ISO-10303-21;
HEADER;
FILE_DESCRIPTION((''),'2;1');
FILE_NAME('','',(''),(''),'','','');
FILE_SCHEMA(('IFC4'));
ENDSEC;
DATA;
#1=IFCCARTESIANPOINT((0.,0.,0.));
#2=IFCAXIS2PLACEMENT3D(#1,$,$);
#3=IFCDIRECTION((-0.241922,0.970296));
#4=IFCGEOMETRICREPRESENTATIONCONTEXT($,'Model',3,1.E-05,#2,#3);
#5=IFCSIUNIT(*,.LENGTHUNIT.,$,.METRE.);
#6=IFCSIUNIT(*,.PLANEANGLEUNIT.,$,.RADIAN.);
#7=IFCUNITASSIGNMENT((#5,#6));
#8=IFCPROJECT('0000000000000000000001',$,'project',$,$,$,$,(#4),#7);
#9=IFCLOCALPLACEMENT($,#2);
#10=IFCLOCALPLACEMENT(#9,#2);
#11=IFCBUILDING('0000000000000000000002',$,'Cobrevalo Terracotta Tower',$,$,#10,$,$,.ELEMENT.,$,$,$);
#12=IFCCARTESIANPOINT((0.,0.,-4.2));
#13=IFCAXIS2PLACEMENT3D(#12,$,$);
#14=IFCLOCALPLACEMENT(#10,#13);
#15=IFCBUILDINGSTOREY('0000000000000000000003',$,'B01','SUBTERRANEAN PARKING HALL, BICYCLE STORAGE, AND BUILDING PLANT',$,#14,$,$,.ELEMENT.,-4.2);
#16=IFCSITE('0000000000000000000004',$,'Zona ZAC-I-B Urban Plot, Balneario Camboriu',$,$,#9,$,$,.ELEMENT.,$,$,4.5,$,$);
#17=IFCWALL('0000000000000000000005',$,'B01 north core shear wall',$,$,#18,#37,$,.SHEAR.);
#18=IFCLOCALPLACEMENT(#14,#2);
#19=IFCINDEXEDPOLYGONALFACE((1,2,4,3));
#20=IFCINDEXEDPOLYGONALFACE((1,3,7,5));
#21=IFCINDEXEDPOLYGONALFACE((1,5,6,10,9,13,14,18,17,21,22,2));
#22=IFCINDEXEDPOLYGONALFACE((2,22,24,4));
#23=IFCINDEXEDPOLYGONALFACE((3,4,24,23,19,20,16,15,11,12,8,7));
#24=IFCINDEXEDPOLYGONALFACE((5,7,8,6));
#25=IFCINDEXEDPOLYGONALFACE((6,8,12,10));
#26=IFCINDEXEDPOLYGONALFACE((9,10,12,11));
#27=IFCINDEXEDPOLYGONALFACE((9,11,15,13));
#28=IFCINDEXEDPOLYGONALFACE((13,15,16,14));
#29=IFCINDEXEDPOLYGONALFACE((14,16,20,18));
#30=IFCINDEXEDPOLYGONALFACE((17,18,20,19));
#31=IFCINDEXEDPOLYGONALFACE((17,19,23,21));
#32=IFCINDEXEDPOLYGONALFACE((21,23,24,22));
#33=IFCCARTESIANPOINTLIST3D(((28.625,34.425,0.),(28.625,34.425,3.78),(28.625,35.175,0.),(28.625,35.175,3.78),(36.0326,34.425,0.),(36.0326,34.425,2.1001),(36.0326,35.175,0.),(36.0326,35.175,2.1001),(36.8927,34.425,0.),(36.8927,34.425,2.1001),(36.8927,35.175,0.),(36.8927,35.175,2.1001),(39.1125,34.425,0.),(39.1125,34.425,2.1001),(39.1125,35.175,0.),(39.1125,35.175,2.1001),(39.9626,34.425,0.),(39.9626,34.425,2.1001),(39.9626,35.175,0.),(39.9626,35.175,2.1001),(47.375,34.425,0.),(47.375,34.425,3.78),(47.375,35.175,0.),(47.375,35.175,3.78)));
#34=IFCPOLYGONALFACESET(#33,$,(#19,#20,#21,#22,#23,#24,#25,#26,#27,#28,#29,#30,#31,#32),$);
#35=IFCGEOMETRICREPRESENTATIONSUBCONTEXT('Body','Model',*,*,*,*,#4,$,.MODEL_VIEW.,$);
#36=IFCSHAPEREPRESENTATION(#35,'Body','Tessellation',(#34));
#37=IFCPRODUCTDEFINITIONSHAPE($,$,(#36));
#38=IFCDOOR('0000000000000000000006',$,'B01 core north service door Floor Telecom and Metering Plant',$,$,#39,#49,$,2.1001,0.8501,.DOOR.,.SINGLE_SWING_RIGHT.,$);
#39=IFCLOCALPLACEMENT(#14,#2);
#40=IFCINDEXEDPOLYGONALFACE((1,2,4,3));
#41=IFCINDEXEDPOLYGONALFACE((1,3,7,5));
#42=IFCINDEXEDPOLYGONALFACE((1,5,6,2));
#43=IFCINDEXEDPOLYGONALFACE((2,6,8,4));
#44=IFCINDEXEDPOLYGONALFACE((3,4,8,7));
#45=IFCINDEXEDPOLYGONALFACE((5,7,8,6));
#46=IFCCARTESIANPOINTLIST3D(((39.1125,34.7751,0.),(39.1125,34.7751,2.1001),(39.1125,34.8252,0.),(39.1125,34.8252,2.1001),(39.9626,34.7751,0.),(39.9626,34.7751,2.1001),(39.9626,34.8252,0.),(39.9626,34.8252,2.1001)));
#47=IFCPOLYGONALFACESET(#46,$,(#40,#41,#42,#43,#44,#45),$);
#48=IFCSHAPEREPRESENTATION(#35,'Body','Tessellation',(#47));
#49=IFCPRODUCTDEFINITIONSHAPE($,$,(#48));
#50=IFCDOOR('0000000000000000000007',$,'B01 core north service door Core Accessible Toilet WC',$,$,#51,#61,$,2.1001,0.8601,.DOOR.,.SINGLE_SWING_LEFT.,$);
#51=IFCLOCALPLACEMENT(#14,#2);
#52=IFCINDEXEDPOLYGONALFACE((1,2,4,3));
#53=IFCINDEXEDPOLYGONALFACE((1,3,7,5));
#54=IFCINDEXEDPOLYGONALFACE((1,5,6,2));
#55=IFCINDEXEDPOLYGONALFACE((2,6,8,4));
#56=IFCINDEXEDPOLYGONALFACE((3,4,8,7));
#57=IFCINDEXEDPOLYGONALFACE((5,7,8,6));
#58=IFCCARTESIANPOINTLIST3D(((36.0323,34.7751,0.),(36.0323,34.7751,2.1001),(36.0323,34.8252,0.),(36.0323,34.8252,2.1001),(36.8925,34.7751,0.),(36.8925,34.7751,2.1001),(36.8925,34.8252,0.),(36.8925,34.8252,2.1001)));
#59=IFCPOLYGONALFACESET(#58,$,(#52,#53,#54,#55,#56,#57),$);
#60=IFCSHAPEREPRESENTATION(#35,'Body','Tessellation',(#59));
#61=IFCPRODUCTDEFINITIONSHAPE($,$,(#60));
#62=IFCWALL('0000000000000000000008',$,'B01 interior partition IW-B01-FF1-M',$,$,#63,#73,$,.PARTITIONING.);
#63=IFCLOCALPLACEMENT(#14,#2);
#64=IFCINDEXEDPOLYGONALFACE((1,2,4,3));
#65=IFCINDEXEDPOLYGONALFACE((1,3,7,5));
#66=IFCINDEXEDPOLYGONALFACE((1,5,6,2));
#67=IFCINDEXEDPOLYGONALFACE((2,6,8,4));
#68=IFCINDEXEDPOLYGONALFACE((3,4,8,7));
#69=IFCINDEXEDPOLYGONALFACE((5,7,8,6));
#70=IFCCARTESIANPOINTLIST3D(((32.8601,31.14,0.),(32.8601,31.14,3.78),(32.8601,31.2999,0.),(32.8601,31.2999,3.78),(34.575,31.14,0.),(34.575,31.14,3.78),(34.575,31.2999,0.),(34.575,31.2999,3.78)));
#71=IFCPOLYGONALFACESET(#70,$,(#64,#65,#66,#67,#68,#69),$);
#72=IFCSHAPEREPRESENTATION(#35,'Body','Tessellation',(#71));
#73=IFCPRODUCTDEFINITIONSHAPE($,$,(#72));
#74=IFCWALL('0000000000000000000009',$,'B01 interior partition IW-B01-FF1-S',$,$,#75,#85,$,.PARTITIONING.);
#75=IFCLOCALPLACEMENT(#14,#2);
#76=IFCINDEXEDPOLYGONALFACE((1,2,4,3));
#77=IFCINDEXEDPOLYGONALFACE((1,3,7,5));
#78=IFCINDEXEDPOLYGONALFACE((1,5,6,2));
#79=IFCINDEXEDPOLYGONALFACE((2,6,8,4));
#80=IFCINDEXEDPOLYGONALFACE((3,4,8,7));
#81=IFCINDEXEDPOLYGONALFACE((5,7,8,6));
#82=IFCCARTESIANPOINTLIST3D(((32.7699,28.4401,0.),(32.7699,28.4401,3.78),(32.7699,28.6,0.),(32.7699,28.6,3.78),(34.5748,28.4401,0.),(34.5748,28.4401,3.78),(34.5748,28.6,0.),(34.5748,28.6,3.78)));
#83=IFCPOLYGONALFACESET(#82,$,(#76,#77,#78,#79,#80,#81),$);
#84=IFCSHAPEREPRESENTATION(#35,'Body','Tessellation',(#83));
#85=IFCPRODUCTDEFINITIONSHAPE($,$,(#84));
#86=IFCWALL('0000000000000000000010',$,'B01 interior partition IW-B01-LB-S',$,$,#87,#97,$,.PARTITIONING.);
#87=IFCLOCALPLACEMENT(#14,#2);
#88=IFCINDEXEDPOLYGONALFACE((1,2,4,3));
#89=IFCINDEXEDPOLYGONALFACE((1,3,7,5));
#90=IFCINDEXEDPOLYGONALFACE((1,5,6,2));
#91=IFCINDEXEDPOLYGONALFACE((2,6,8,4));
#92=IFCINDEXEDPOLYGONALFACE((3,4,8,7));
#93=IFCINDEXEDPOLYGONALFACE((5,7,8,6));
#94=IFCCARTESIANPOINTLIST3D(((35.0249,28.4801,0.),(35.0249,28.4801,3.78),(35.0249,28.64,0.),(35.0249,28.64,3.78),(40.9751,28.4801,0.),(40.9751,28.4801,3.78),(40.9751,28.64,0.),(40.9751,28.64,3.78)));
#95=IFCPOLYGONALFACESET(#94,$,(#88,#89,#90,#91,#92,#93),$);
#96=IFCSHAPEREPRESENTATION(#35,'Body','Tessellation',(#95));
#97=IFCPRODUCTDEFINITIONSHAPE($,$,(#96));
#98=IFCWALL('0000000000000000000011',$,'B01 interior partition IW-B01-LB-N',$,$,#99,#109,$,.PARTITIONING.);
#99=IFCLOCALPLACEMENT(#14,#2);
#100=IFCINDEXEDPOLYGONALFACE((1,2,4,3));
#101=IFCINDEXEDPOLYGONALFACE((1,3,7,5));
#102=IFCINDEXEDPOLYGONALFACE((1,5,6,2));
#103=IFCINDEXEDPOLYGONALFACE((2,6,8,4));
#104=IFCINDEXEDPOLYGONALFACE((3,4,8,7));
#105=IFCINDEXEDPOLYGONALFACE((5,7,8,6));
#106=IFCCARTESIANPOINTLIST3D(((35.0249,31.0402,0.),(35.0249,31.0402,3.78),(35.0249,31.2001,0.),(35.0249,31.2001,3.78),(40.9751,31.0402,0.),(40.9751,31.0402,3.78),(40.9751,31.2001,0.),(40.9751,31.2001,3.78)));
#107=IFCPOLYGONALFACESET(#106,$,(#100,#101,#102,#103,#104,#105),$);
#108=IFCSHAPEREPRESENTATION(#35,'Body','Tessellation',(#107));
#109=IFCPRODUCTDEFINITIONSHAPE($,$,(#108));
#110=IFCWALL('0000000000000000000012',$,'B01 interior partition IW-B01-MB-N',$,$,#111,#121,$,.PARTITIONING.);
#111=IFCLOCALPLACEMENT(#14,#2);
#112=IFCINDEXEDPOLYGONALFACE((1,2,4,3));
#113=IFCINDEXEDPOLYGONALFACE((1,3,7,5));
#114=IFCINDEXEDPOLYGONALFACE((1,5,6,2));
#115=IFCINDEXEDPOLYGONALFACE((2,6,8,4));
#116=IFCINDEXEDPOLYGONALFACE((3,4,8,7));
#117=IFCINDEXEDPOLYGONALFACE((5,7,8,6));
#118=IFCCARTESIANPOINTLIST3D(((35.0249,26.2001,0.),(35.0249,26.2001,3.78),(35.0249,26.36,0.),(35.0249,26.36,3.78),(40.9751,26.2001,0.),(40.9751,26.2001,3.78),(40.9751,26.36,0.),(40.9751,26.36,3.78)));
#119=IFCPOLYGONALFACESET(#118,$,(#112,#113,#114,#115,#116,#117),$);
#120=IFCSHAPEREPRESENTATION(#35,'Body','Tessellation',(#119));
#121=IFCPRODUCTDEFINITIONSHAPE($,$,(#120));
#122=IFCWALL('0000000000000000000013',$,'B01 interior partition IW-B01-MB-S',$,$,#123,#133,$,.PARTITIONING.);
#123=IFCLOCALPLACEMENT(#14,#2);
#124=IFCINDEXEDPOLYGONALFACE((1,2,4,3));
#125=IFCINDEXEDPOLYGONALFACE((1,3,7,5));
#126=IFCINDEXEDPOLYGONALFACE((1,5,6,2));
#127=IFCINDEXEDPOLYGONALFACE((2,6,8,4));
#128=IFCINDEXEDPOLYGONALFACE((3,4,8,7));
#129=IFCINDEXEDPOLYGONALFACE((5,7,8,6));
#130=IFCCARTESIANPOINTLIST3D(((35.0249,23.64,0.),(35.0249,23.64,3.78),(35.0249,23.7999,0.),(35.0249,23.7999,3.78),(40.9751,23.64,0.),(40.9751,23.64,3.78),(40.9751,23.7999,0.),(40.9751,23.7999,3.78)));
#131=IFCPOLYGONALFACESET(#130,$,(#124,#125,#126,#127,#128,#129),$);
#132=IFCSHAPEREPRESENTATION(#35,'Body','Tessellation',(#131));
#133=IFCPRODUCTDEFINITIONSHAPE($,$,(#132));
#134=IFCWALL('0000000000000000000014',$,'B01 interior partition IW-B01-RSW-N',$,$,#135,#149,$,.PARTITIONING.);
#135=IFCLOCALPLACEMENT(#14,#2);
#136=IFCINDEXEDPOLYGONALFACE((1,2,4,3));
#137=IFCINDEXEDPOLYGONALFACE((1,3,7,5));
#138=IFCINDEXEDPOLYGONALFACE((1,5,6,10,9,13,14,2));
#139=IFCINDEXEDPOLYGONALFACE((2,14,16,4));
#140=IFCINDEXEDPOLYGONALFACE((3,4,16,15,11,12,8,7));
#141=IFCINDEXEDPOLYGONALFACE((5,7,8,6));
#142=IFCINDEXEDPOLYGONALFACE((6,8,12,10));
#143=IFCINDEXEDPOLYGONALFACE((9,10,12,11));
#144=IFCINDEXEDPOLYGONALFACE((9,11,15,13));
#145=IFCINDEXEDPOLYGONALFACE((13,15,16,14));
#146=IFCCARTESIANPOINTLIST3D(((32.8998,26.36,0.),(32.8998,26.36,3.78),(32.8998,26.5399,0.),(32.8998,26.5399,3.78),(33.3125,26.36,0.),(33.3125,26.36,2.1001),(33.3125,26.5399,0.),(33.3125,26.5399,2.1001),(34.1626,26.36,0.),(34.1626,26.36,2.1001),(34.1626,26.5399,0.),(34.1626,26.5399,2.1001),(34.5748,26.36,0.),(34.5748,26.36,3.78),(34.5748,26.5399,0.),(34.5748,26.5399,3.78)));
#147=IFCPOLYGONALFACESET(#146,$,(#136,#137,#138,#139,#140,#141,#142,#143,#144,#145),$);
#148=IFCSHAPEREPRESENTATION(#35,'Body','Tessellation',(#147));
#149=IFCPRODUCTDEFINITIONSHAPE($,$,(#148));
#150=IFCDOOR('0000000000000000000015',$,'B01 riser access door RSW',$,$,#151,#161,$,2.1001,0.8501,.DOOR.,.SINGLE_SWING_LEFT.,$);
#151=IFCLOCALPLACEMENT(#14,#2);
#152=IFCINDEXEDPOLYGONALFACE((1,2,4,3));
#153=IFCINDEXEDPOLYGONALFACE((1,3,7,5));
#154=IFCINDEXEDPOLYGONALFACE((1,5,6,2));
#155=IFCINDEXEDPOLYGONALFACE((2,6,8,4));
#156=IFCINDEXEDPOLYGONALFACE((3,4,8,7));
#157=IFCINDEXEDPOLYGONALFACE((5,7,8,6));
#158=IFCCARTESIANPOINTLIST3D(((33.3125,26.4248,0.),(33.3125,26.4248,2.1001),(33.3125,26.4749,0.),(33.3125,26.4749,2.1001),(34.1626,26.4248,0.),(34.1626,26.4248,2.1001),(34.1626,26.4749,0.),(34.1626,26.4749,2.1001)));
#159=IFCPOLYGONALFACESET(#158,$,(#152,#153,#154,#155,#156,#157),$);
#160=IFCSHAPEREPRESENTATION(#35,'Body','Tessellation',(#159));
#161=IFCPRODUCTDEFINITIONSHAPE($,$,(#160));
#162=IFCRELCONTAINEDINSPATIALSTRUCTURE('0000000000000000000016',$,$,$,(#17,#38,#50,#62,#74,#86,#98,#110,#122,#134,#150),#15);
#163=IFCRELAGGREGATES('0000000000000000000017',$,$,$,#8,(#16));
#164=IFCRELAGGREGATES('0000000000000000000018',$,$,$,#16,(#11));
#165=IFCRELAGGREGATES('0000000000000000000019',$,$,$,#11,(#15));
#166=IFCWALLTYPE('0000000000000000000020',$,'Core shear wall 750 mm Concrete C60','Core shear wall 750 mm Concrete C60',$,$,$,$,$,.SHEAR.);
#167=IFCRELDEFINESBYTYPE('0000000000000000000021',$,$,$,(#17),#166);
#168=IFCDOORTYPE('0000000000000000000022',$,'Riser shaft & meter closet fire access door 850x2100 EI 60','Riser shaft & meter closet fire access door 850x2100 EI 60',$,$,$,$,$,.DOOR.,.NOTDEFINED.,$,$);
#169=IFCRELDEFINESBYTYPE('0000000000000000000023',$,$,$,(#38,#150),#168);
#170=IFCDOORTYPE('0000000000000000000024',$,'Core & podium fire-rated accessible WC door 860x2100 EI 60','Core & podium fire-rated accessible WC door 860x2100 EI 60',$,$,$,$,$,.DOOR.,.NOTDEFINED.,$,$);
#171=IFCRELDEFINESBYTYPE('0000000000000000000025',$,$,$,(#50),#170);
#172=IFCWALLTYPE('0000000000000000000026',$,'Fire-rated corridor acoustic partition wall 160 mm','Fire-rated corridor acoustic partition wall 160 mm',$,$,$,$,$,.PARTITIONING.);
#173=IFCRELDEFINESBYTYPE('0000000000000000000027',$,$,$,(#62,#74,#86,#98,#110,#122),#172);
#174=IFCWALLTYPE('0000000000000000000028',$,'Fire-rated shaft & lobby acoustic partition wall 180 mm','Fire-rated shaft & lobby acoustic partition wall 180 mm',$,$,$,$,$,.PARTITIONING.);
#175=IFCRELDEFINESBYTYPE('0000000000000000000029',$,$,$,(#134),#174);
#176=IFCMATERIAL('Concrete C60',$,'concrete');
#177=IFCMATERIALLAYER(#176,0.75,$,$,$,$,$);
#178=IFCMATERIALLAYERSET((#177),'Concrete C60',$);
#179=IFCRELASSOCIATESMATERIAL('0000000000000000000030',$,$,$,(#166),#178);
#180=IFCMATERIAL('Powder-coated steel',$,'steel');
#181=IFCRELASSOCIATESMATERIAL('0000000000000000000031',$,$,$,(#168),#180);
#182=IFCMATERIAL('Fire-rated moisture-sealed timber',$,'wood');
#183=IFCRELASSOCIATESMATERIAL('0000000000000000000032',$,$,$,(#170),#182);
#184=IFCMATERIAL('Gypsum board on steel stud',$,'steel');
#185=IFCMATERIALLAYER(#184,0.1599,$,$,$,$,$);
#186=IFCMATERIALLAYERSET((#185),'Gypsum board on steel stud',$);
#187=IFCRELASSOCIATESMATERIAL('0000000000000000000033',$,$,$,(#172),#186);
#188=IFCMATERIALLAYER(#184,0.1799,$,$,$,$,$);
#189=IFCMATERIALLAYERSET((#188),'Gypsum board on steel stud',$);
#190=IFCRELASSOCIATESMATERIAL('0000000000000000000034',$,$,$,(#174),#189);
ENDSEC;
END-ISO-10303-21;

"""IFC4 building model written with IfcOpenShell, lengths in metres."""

from ifc_helpers import new_model, si_unit, direction, frame, frame_2d, origin, place, context, subcontext, project, spatial, rectangle, extrude, source, transform, mapped, material, layer, layer_set, type_object, element, fill, save


model = new_model("IFC4")

# Units and contexts
model_context = context("Model", 3, precision=1e-05, world=origin(), true_north=direction((-0.241922, 0.970296)))
body_context = subcontext(model_context, "Body", "Model", "MODEL_VIEW")
ifc_project = project(units=[si_unit("LENGTHUNIT", "METRE"), si_unit("PLANEANGLEUNIT", "RADIAN")], contexts=[model_context])

# Site, building, storey
site_placement = place(None, origin())
site = spatial("IfcSite", under=ifc_project, at=site_placement, Name="Zona ZAC-I-B Urban Plot, Balneario Camboriu", CompositionType="ELEMENT", RefElevation=4.5)
building_placement = place(site_placement, origin())
building = spatial("IfcBuilding", under=site, at=building_placement, Name="Cobrevalo Terracotta Tower", CompositionType="ELEMENT")
storey_placement = place(building_placement, frame((0.0, 0.0, -4.2)))
storey = spatial("IfcBuildingStorey", under=building, at=storey_placement, Name="B01", Description="SUBTERRANEAN PARKING HALL, BICYCLE STORAGE, AND BUILDING PLANT", CompositionType="ELEMENT", Elevation=-4.2)

# Shared definitions
ifc_material_1 = material(Name="Concrete C60", Category="concrete")

# Wall, openings, doors
ifc_layer_1 = layer(ifc_material_1, 0.75)
ifc_layer_set_1 = layer_set([ifc_layer_1], Name="Concrete C60")
wall_type_1 = type_object("IfcWallType", Name="Core shear wall 750 mm Concrete C60", Description="Core shear wall 750 mm Concrete C60", PredefinedType="SHEAR", material=ifc_layer_set_1)
wall_1_placement = place(storey_placement, frame((28.625, 34.8, 0.0), z_axis=(0.0, 0.0, 1.0), x_axis=(1.0, 0.0, 0.0)))
wall_1 = element("IfcWall", 1, at=wall_1_placement, inside=storey, type_object=wall_type_1, Name="B01 north core shear wall", PredefinedType="SHEAR", context=body_context, shape_type="SweptSolid", body=[
    extrude(rectangle(XDim=18.75, YDim=0.75, at=frame_2d((9.375, 0.0))), origin(), (0.0, 0.0, 1.0), 3.78),
])
opening_1_placement = place(wall_1_placement, frame((7.4075, 0.0, 0.0)))
opening_1 = element("IfcOpeningElement", 2, at=opening_1_placement, cuts=wall_1, PredefinedType="OPENING", context=body_context, shape_type="SweptSolid", body=[
    extrude(rectangle(XDim=0.8601, YDim=2.1001, at=frame_2d((0.4302, 1.05))), frame((0.0, 0.385, 0.0), z_axis=(0.0, -1.0, 0.0), x_axis=(1.0, 0.0, 0.0)), (0.0, 0.0, 1.0), 0.77),
])
opening_2_placement = place(wall_1_placement, frame((10.4875, 0.0, 0.0)))
opening_2 = element("IfcOpeningElement", 3, at=opening_2_placement, cuts=wall_1, PredefinedType="OPENING", context=body_context, shape_type="SweptSolid", body=[
    extrude(rectangle(XDim=0.8501, YDim=2.1001, at=frame_2d((0.425, 1.05))), frame((0.0, 0.385, 0.0), z_axis=(0.0, -1.0, 0.0), x_axis=(1.0, 0.0, 0.0)), (0.0, 0.0, 1.0), 0.77),
])
ifc_material_2 = material(Name="Powder-coated steel", Category="steel")
door_type_1 = type_object("IfcDoorType", Name="Riser shaft & meter closet fire access door 850x2100 EI 60", Description="Riser shaft & meter closet fire access door 850x2100 EI 60", OperationType="NOTDEFINED", PredefinedType="DOOR", material=ifc_material_2)
shared_shape_1 = source(origin(), body_context, "Body", "SweptSolid", [
    extrude(rectangle(XDim=0.8501, YDim=2.1001, at=frame_2d((0.425, 1.05))), frame((0.0, 0.0249, 0.0), z_axis=(0.0, -1.0, 0.0), x_axis=(1.0, 0.0, 0.0)), (0.0, 0.0, 1.0), 0.05),
])
door_1_placement = place(opening_2_placement, frame((0.8501, 0.0, 0.0), z_axis=(0.0, 0.0, 1.0), x_axis=(-1.0, 0.0, 0.0)))
door_1 = element("IfcDoor", 4, at=door_1_placement, inside=storey, type_object=door_type_1, Name="B01 core north service door Floor Telecom and Metering Plant", OperationType="SINGLE_SWING_RIGHT", OverallHeight=2.1001, OverallWidth=0.8501, PredefinedType="DOOR", context=body_context, shape_type="MappedRepresentation", body=[
    mapped(shared_shape_1, transform((0.0, 0.0, 0.0), scale=1.0)),
])
fill(opening_2, door_1)
ifc_material_3 = material(Name="Fire-rated moisture-sealed timber", Category="wood")
door_type_2 = type_object("IfcDoorType", Name="Core & podium fire-rated accessible WC door 860x2100 EI 60", Description="Core & podium fire-rated accessible WC door 860x2100 EI 60", OperationType="NOTDEFINED", PredefinedType="DOOR", material=ifc_material_3)
shared_shape_2 = source(origin(), body_context, "Body", "SweptSolid", [
    extrude(rectangle(XDim=0.8601, YDim=2.1001, at=frame_2d((0.4302, 1.05))), frame((0.0, 0.0249, 0.0), z_axis=(0.0, -1.0, 0.0), x_axis=(1.0, 0.0, 0.0)), (0.0, 0.0, 1.0), 0.05),
])
door_2_placement = place(opening_1_placement, frame((0.8601, 0.0, 0.0), z_axis=(0.0, 0.0, 1.0), x_axis=(-1.0, 0.0, 0.0)))
door_2 = element("IfcDoor", 5, at=door_2_placement, inside=storey, type_object=door_type_2, Name="B01 core north service door Core Accessible Toilet WC", OperationType="SINGLE_SWING_LEFT", OverallHeight=2.1001, OverallWidth=0.8601, PredefinedType="DOOR", context=body_context, shape_type="MappedRepresentation", body=[
    mapped(shared_shape_2, transform((0.0, 0.0, 0.0), scale=1.0)),
])
fill(opening_1, door_2)

# Walls
ifc_material_4 = material(Name="Gypsum board on steel stud", Category="steel")
ifc_layer_2 = layer(ifc_material_4, 0.1599)
ifc_layer_set_2 = layer_set([ifc_layer_2], Name="Gypsum board on steel stud")
wall_type_2 = type_object("IfcWallType", Name="Fire-rated corridor acoustic partition wall 160 mm", Description="Fire-rated corridor acoustic partition wall 160 mm", PredefinedType="PARTITIONING", material=ifc_layer_set_2)
wall_2_placement = place(storey_placement, frame((32.8601, 31.22, 0.0), z_axis=(0.0, 0.0, 1.0), x_axis=(1.0, 0.0, 0.0)))
element("IfcWall", 6, at=wall_2_placement, inside=storey, type_object=wall_type_2, Name="B01 interior partition IW-B01-FF1-M", PredefinedType="PARTITIONING", context=body_context, shape_type="SweptSolid", body=[
    extrude(rectangle(XDim=1.7148, YDim=0.1599, at=frame_2d((0.8574, 0.0))), origin(), (0.0, 0.0, 1.0), 3.78),
])
wall_3_placement = place(storey_placement, frame((32.77, 28.52, 0.0), z_axis=(0.0, 0.0, 1.0), x_axis=(1.0, 0.0, 0.0)))
element("IfcWall", 7, at=wall_3_placement, inside=storey, type_object=wall_type_2, Name="B01 interior partition IW-B01-FF1-S", PredefinedType="PARTITIONING", context=body_context, shape_type="SweptSolid", body=[
    extrude(rectangle(XDim=1.8049, YDim=0.1599, at=frame_2d((0.9023, 0.0))), origin(), (0.0, 0.0, 1.0), 3.78),
])
for number, where, z_axis, x_axis, name in (
    (8, (35.0249, 28.5601, 0.0), (0.0, 0.0, 1.0), (1.0, 0.0, 0.0), "B01 interior partition IW-B01-LB-S"),
    (9, (35.0249, 31.1201, 0.0), (0.0, 0.0, 1.0), (1.0, 0.0, 0.0), "B01 interior partition IW-B01-LB-N"),
    (10, (35.0249, 26.28, 0.0), (0.0, 0.0, 1.0), (1.0, 0.0, 0.0), "B01 interior partition IW-B01-MB-N"),
    (11, (35.0249, 23.72, 0.0), (0.0, 0.0, 1.0), (1.0, 0.0, 0.0), "B01 interior partition IW-B01-MB-S"),
):
    element("IfcWall", number, at=place(storey_placement, frame(where, z_axis=z_axis, x_axis=x_axis)), inside=storey, type_object=wall_type_2, Name=name, PredefinedType="PARTITIONING", context=body_context, shape_type="SweptSolid", body=[
        extrude(rectangle(XDim=5.9502, YDim=0.1599, at=frame_2d((2.9751, 0.0))), origin(), (0.0, 0.0, 1.0), 3.78),
    ])

# Wall, opening, door
ifc_layer_3 = layer(ifc_material_4, 0.1799)
ifc_layer_set_3 = layer_set([ifc_layer_3], Name="Gypsum board on steel stud")
wall_type_3 = type_object("IfcWallType", Name="Fire-rated shaft & lobby acoustic partition wall 180 mm", Description="Fire-rated shaft & lobby acoustic partition wall 180 mm", PredefinedType="PARTITIONING", material=ifc_layer_set_3)
wall_4_placement = place(storey_placement, frame((32.8999, 26.45, 0.0), z_axis=(0.0, 0.0, 1.0), x_axis=(1.0, 0.0, 0.0)))
wall_4 = element("IfcWall", 12, at=wall_4_placement, inside=storey, type_object=wall_type_3, Name="B01 interior partition IW-B01-RSW-N", PredefinedType="PARTITIONING", context=body_context, shape_type="SweptSolid", body=[
    extrude(rectangle(XDim=1.675, YDim=0.1799, at=frame_2d((0.8374, 0.0))), origin(), (0.0, 0.0, 1.0), 3.78),
])
opening_3_placement = place(wall_4_placement, frame((0.4126, 0.0, 0.0)))
opening_3 = element("IfcOpeningElement", 13, at=opening_3_placement, cuts=wall_4, PredefinedType="OPENING", context=body_context, shape_type="SweptSolid", body=[
    extrude(rectangle(XDim=0.8501, YDim=2.1001, at=frame_2d((0.425, 1.05))), frame((0.0, 0.1001, 0.0), z_axis=(0.0, -1.0, 0.0), x_axis=(1.0, 0.0, 0.0)), (0.0, 0.0, 1.0), 0.2),
])
door_3_placement = place(opening_3_placement, origin())
door_3 = element("IfcDoor", 14, at=door_3_placement, inside=storey, type_object=door_type_1, Name="B01 riser access door RSW", OperationType="SINGLE_SWING_LEFT", OverallHeight=2.1001, OverallWidth=0.8501, PredefinedType="DOOR", context=body_context, shape_type="MappedRepresentation", body=[
    mapped(shared_shape_1, transform((0.0, 0.0, 0.0), scale=1.0)),
])
fill(opening_3, door_3)

save(model, "model.ifc")
